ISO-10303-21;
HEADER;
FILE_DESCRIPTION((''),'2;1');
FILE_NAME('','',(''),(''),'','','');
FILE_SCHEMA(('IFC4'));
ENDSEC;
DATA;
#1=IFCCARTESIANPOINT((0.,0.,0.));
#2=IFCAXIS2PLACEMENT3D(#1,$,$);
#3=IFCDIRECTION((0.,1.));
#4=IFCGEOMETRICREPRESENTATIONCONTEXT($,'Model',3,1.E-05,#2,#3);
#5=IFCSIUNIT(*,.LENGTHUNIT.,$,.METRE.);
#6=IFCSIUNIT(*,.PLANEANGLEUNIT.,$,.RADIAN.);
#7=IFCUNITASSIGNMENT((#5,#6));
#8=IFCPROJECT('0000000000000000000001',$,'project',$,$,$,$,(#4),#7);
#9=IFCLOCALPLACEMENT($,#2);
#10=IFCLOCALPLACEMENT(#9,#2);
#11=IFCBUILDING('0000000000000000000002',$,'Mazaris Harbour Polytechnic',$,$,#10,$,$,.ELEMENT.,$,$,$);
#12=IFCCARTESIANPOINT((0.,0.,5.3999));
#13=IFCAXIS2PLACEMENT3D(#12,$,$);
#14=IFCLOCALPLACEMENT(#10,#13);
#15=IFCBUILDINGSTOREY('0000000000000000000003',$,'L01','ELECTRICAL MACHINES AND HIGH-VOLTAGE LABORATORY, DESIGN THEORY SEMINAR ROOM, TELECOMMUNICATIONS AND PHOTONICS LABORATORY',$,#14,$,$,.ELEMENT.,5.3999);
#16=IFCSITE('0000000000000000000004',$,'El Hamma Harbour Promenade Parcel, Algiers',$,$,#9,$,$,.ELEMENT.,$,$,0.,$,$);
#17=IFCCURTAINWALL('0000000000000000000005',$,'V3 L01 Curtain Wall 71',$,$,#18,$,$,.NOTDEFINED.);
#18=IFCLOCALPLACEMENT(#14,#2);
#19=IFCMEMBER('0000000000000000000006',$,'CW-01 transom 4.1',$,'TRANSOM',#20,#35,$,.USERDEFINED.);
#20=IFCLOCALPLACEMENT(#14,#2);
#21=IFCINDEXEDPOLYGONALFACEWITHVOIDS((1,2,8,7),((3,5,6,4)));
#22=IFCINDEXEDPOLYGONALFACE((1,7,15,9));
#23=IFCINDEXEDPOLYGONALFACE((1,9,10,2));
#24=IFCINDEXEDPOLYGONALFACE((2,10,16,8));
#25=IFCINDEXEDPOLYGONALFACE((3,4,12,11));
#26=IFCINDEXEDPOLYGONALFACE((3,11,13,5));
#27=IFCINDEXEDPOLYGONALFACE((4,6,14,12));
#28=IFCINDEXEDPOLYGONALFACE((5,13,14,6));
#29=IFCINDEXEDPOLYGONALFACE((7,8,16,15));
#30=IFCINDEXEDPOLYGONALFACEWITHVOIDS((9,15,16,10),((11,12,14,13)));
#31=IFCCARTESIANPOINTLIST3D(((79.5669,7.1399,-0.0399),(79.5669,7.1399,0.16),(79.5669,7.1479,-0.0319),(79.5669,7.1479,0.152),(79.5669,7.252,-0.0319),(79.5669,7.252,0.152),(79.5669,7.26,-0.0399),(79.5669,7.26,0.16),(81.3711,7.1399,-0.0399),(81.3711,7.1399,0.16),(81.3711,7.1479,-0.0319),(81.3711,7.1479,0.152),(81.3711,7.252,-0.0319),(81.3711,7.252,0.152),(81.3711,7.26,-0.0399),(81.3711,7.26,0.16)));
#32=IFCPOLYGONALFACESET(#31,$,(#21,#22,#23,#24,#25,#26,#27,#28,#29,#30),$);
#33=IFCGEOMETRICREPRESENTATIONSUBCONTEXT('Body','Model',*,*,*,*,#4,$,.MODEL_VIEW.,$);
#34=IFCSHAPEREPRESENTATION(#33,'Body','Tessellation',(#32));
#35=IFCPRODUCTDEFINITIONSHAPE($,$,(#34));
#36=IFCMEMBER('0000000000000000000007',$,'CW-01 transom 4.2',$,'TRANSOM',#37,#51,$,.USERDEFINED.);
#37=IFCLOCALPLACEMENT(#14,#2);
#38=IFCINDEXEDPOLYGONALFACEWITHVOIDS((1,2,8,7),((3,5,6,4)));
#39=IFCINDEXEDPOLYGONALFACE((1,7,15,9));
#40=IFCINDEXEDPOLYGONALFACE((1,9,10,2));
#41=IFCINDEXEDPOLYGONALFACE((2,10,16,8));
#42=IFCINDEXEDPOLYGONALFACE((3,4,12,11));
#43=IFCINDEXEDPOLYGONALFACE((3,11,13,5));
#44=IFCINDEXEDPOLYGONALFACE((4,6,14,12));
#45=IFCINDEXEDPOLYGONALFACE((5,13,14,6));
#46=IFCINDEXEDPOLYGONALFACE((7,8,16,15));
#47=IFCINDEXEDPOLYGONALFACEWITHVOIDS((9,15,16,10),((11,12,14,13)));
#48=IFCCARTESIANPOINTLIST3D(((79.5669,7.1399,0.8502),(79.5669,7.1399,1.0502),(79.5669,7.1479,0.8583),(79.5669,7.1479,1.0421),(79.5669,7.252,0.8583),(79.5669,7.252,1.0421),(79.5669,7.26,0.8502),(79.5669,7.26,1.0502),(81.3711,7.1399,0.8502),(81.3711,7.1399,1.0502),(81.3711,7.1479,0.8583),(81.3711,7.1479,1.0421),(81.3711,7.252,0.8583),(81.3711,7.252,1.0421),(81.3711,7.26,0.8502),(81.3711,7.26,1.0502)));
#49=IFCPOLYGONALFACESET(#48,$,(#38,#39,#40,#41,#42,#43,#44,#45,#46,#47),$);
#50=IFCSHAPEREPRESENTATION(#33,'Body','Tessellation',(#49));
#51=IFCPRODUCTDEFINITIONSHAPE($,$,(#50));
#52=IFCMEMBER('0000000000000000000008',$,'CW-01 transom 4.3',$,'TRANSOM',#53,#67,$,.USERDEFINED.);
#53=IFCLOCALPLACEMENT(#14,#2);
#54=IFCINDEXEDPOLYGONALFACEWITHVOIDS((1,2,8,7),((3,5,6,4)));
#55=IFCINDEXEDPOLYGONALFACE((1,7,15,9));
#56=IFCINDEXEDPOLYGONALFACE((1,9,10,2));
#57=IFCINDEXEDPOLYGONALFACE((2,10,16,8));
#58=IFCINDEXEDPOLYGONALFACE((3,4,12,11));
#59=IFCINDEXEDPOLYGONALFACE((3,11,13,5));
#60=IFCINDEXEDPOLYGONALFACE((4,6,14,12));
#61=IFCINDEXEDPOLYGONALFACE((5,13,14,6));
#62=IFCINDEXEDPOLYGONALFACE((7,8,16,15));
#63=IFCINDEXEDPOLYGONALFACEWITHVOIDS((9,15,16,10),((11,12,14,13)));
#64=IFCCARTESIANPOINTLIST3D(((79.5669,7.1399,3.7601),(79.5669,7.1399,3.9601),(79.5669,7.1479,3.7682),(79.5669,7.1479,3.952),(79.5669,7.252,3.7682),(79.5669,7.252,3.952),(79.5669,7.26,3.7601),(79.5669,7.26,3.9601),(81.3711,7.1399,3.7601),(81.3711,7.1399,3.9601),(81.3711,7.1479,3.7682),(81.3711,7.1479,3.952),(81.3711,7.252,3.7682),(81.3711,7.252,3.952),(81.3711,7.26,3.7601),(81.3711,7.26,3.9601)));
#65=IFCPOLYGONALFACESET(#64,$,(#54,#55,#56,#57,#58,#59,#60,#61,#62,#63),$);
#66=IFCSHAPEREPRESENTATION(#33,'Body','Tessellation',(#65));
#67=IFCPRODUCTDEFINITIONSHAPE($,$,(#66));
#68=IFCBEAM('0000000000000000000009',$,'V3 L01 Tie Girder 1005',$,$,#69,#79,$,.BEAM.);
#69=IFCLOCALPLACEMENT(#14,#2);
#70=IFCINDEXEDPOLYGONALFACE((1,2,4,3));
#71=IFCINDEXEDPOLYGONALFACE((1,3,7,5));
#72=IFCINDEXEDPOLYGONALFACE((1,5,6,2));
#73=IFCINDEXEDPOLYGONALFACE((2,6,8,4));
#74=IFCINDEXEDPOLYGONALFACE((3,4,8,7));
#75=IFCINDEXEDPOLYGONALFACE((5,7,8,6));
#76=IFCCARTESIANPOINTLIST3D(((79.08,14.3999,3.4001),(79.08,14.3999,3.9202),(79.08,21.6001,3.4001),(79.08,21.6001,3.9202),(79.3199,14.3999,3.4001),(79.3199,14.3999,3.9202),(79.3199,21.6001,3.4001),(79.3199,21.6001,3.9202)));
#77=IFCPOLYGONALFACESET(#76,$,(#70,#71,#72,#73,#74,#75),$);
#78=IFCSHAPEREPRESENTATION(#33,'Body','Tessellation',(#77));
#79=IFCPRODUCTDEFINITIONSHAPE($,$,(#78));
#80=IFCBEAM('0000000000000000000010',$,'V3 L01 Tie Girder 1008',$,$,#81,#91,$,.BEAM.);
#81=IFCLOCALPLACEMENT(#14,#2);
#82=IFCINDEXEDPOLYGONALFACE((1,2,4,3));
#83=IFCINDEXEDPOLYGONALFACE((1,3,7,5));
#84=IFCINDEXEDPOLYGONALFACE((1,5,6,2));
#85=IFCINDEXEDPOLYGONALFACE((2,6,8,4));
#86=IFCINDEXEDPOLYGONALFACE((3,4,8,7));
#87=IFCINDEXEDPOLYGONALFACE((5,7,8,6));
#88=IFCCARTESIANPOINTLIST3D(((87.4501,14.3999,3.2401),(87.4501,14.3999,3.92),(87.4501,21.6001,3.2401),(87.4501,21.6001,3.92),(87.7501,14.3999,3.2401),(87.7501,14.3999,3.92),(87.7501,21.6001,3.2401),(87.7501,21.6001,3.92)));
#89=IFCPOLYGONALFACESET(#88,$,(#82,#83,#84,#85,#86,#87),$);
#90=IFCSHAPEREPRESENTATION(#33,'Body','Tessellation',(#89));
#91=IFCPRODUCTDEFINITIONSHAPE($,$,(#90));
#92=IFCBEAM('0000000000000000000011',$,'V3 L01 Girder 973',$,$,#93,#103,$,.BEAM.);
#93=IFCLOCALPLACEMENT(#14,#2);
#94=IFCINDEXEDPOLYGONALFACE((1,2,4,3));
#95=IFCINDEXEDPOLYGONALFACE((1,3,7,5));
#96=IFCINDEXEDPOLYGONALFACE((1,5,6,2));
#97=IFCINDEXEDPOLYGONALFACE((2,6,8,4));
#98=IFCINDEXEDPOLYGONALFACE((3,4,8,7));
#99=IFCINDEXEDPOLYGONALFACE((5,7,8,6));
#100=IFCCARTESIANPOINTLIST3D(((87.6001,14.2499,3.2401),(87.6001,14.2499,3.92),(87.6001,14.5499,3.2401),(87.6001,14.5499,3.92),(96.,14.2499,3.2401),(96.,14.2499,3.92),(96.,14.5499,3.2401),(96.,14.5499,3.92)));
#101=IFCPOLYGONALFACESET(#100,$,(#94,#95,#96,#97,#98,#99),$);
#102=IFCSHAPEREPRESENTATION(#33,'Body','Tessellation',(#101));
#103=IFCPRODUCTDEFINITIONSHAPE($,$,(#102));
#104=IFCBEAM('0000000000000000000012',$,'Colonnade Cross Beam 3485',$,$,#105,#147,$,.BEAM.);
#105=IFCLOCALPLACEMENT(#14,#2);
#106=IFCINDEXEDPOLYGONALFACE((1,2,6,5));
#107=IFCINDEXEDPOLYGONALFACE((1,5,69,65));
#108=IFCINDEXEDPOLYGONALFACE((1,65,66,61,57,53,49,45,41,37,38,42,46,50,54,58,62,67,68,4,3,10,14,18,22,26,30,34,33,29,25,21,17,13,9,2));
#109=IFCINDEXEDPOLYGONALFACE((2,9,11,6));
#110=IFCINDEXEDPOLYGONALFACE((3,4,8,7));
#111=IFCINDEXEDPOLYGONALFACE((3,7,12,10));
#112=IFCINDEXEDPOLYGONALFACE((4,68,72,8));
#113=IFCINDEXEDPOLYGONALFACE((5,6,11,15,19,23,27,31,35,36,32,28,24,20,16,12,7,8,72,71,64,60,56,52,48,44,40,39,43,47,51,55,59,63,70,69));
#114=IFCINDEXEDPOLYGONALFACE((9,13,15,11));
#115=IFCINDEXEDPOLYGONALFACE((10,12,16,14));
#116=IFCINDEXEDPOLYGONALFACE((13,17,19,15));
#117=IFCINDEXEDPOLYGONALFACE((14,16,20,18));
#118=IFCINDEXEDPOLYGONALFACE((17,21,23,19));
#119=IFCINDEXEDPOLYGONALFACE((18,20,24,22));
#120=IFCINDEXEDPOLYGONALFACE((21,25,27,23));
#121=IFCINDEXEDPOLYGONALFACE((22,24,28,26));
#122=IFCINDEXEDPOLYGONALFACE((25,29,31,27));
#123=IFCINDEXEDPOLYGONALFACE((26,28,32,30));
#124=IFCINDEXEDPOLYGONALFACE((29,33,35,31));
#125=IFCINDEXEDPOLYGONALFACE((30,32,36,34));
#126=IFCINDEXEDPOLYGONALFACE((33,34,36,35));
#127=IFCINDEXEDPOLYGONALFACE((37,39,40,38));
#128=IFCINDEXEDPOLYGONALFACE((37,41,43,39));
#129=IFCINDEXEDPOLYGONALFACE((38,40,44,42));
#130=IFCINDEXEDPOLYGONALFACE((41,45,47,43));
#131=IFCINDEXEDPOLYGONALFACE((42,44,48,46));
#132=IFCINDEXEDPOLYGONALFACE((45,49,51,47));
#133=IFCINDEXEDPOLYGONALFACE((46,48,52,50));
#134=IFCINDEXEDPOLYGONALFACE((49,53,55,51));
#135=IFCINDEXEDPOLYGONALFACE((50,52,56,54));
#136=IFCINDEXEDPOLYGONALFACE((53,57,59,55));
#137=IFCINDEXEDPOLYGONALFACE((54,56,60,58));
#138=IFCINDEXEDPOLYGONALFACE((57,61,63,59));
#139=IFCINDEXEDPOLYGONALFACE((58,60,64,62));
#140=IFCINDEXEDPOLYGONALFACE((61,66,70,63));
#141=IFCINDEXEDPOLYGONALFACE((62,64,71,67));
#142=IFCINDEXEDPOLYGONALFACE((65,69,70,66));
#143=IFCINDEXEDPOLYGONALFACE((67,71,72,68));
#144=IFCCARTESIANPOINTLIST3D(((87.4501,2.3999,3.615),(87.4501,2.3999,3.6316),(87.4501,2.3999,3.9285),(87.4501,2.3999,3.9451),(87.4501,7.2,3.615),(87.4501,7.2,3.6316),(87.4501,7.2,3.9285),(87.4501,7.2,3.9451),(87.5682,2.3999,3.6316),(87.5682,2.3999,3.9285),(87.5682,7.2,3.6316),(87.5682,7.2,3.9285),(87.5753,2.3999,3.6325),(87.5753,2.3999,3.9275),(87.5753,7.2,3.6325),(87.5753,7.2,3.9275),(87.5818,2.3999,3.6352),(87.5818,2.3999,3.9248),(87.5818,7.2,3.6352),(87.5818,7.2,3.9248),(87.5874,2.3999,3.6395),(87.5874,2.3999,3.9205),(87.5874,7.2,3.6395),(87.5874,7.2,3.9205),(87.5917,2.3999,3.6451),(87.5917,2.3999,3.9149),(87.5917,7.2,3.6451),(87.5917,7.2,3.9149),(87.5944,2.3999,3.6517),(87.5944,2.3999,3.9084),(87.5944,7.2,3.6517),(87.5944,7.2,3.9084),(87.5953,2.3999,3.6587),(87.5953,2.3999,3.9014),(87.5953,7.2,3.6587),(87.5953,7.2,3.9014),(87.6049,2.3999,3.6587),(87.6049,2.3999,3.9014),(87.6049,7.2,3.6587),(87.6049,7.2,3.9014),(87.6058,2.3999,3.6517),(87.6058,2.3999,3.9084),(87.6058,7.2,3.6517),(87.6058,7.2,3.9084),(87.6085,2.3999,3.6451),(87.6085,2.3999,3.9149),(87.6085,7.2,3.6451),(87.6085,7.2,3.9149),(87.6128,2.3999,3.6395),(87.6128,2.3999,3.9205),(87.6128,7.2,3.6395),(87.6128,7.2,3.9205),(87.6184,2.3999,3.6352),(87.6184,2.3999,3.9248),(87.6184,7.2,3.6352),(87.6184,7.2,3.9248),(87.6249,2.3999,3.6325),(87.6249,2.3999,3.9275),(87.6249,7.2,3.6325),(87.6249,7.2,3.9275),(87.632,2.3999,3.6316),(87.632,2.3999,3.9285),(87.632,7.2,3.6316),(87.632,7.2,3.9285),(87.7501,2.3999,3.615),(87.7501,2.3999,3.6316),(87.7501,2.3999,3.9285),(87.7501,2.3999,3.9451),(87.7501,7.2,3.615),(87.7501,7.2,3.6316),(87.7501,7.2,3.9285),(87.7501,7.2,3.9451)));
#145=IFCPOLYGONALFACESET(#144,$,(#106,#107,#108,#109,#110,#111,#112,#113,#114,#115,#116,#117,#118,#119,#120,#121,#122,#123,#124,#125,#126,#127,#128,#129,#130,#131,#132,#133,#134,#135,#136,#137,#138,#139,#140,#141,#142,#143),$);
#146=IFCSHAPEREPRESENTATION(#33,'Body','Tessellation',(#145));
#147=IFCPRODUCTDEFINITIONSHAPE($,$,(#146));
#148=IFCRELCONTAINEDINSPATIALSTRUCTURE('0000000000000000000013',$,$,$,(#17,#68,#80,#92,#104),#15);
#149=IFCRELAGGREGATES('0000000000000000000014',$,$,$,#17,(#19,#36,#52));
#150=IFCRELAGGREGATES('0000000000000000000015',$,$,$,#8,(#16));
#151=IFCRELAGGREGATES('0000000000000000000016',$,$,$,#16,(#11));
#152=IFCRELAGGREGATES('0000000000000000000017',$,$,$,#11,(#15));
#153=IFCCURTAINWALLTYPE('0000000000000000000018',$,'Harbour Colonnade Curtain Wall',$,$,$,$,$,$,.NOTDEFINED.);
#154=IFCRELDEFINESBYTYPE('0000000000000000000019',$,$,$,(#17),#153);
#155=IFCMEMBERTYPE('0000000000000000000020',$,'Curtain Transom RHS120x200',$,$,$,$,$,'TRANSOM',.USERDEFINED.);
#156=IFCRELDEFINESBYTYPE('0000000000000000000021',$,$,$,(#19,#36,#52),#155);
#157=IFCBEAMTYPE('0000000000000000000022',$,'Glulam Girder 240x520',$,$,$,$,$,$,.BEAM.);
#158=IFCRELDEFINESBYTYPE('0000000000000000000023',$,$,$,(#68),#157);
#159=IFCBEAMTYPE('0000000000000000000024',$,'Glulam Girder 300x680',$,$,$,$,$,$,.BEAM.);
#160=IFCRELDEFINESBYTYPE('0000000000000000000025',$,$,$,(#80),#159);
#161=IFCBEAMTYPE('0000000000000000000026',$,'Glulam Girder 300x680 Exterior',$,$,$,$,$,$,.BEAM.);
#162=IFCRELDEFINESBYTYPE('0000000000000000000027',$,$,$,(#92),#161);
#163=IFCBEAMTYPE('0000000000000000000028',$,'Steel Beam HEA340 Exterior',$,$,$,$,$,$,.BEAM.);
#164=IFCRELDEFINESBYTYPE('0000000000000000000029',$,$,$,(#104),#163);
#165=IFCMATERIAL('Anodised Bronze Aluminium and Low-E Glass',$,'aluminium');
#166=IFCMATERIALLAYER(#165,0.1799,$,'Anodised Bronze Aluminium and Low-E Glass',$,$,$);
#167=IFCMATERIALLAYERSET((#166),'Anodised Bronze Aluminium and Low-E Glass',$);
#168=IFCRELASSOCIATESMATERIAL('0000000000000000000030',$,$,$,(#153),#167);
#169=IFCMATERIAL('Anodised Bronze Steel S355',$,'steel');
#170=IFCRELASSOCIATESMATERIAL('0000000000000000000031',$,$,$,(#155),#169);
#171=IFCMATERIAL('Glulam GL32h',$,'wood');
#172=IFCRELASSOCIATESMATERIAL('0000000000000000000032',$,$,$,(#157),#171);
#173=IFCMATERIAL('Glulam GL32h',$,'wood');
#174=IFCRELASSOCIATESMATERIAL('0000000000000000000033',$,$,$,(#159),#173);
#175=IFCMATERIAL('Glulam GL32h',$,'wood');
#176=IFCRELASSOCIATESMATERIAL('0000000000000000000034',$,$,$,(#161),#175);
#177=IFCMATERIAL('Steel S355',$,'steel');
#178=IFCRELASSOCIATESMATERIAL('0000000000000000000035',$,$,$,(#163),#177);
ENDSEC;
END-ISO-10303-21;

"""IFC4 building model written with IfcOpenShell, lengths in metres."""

from ifc_helpers import new_model, si_unit, direction, frame, origin, origin_2d, place, context, subcontext, project, spatial, rectangle, hollow_rectangle, i_section, extrude, material, layer, layer_set, material_profile, profile_set, type_object, element, aggregate, save


model = new_model("IFC4")

# Units and contexts
model_context = context("Model", 3, precision=1e-05, world=origin(), true_north=direction((0.0, 1.0)))
body_context = subcontext(model_context, "Body", "Model", "MODEL_VIEW")
ifc_project = project(units=[si_unit("LENGTHUNIT", "METRE"), si_unit("PLANEANGLEUNIT", "RADIAN")], contexts=[model_context])

# Site, building, storey
site_placement = place(None, origin())
site = spatial("IfcSite", under=ifc_project, at=site_placement, Name="El Hamma Harbour Promenade Parcel, Algiers", CompositionType="ELEMENT", RefElevation=0.0)
building_placement = place(site_placement, origin())
building = spatial("IfcBuilding", under=site, at=building_placement, Name="Mazaris Harbour Polytechnic", CompositionType="ELEMENT")
storey_placement = place(building_placement, frame((0.0, 0.0, 5.3999)))
storey = spatial("IfcBuildingStorey", under=building, at=storey_placement, Name="L01", Description="ELECTRICAL MACHINES AND HIGH-VOLTAGE LABORATORY, DESIGN THEORY SEMINAR ROOM, TELECOMMUNICATIONS AND PHOTONICS LABORATORY", CompositionType="ELEMENT", Elevation=5.3999)

# Curtain wall, members
ifc_material_1 = material(Name="Anodised Bronze Aluminium and Low-E Glass", Category="aluminium")
ifc_layer_1 = layer(ifc_material_1, 0.1799, Name="Anodised Bronze Aluminium and Low-E Glass")
ifc_layer_set_1 = layer_set([ifc_layer_1], Name="Anodised Bronze Aluminium and Low-E Glass")
curtain_wall_type = type_object("IfcCurtainWallType", Name="Harbour Colonnade Curtain Wall", PredefinedType="NOTDEFINED", material=ifc_layer_set_1)
curtain_wall_placement = place(storey_placement, origin())
curtain_wall = element("IfcCurtainWall", 1, at=curtain_wall_placement, inside=storey, type_object=curtain_wall_type, Name="V3 L01 Curtain Wall 71", PredefinedType="NOTDEFINED")
ifc_material_2 = material(Name="Anodised Bronze Steel S355", Category="steel")
ifc_material_profile_1 = material_profile(ifc_material_2, hollow_rectangle(XDim=0.1201, YDim=0.2, WallThickness=0.0081, at=origin_2d()), Name="RHS 120x200x8.0")
ifc_profile_set_1 = profile_set([ifc_material_profile_1], Name="Anodised Bronze Steel S355")
member_type_1 = type_object("IfcMemberType", Name="Curtain Transom RHS120x200", ElementType="TRANSOM", PredefinedType="USERDEFINED", material=ifc_profile_set_1)
member_1_placement = place(storey_placement, frame((81.3711, 7.2, 0.0601), z_axis=(-1.0, 0.0, 0.0), x_axis=(0.0, -1.0, 0.0)))
member_1 = element("IfcMember", 2, at=member_1_placement, type_object=member_type_1, Name="CW-01 transom 4.1", ObjectType="TRANSOM", PredefinedType="USERDEFINED", context=body_context, shape_type="SweptSolid", body=[
    extrude(hollow_rectangle(XDim=0.1201, YDim=0.2, WallThickness=0.0081, at=origin_2d()), origin(), (0.0, 0.0, 1.0), 1.8042),
])
member_2_placement = place(storey_placement, frame((81.3711, 7.2, 0.9502), z_axis=(-1.0, 0.0, 0.0), x_axis=(0.0, -1.0, 0.0)))
member_2 = element("IfcMember", 3, at=member_2_placement, type_object=member_type_1, Name="CW-01 transom 4.2", ObjectType="TRANSOM", PredefinedType="USERDEFINED", context=body_context, shape_type="SweptSolid", body=[
    extrude(hollow_rectangle(XDim=0.1201, YDim=0.2, WallThickness=0.0081, at=origin_2d()), origin(), (0.0, 0.0, 1.0), 1.8042),
])
member_3_placement = place(storey_placement, frame((81.3711, 7.2, 3.8601), z_axis=(-1.0, 0.0, 0.0), x_axis=(0.0, -1.0, 0.0)))
member_3 = element("IfcMember", 4, at=member_3_placement, type_object=member_type_1, Name="CW-01 transom 4.3", ObjectType="TRANSOM", PredefinedType="USERDEFINED", context=body_context, shape_type="SweptSolid", body=[
    extrude(hollow_rectangle(XDim=0.1201, YDim=0.2, WallThickness=0.0081, at=origin_2d()), origin(), (0.0, 0.0, 1.0), 1.8042),
])

# Beams
ifc_material_3 = material(Name="Glulam GL32h", Category="wood")
ifc_material_profile_2 = material_profile(ifc_material_3, rectangle(XDim=0.24, YDim=0.52, at=origin_2d()), Name="RECT240x520")
ifc_profile_set_2 = profile_set([ifc_material_profile_2], Name="Glulam GL32h")
beam_type_1 = type_object("IfcBeamType", Name="Glulam Girder 240x520", PredefinedType="BEAM", material=ifc_profile_set_2)
beam_1_placement = place(storey_placement, frame((79.2, 14.3999, 3.6602), z_axis=(0.0, 1.0, 0.0), x_axis=(-1.0, 0.0, 0.0)))
element("IfcBeam", 5, at=beam_1_placement, inside=storey, type_object=beam_type_1, Name="V3 L01 Tie Girder 1005", PredefinedType="BEAM", context=body_context, shape_type="SweptSolid", body=[
    extrude(rectangle(XDim=0.24, YDim=0.52, at=origin_2d()), origin(), (0.0, 0.0, 1.0), 7.2002),
])
ifc_material_4 = material(Name="Glulam GL32h", Category="wood")
ifc_material_profile_3 = material_profile(ifc_material_4, rectangle(XDim=0.3, YDim=0.6799, at=origin_2d()), Name="RECT300x680")
ifc_profile_set_3 = profile_set([ifc_material_profile_3], Name="Glulam GL32h")
beam_type_2 = type_object("IfcBeamType", Name="Glulam Girder 300x680", PredefinedType="BEAM", material=ifc_profile_set_3)
beam_2_placement = place(storey_placement, frame((87.6001, 14.3999, 3.5801), z_axis=(0.0, 1.0, 0.0), x_axis=(-1.0, 0.0, 0.0)))
element("IfcBeam", 6, at=beam_2_placement, inside=storey, type_object=beam_type_2, Name="V3 L01 Tie Girder 1008", PredefinedType="BEAM", context=body_context, shape_type="SweptSolid", body=[
    extrude(rectangle(XDim=0.3, YDim=0.6799, at=origin_2d()), origin(), (0.0, 0.0, 1.0), 7.2002),
])
ifc_material_5 = material(Name="Glulam GL32h", Category="wood")
ifc_material_profile_4 = material_profile(ifc_material_5, rectangle(XDim=0.3, YDim=0.6799, at=origin_2d()), Name="RECT300x680")
ifc_profile_set_4 = profile_set([ifc_material_profile_4], Name="Glulam GL32h")
beam_type_3 = type_object("IfcBeamType", Name="Glulam Girder 300x680 Exterior", PredefinedType="BEAM", material=ifc_profile_set_4)
beam_3_placement = place(storey_placement, frame((87.6001, 14.3999, 3.5801), z_axis=(1.0, 0.0, 0.0), x_axis=(0.0, 1.0, 0.0)))
element("IfcBeam", 7, at=beam_3_placement, inside=storey, type_object=beam_type_3, Name="V3 L01 Girder 973", PredefinedType="BEAM", context=body_context, shape_type="SweptSolid", body=[
    extrude(rectangle(XDim=0.3, YDim=0.6799, at=origin_2d()), origin(), (0.0, 0.0, 1.0), 8.3999),
])
ifc_material_6 = material(Name="Steel S355", Category="steel")
ifc_material_profile_5 = material_profile(ifc_material_6, i_section(OverallWidth=0.3, OverallDepth=0.3301, WebThickness=0.0095, FlangeThickness=0.0166, FilletRadius=0.0271, at=origin_2d()), Name="HEA 340")
ifc_profile_set_5 = profile_set([ifc_material_profile_5], Name="Steel S355")
beam_type_4 = type_object("IfcBeamType", Name="Steel Beam HEA340 Exterior", PredefinedType="BEAM", material=ifc_profile_set_5)
beam_4_placement = place(storey_placement, frame((87.6001, 2.3999, 3.78), z_axis=(0.0, 1.0, 0.0), x_axis=(-1.0, 0.0, 0.0)))
element("IfcBeam", 8, at=beam_4_placement, inside=storey, type_object=beam_type_4, Name="Colonnade Cross Beam 3485", PredefinedType="BEAM", context=body_context, shape_type="SweptSolid", body=[
    extrude(i_section(OverallWidth=0.3, OverallDepth=0.3301, WebThickness=0.0095, FlangeThickness=0.0166, FilletRadius=0.0271, at=origin_2d()), origin(), (0.0, 0.0, 1.0), 4.8),
])

aggregate(curtain_wall, [member_1, member_2, member_3])

save(model, "model.ifc")
